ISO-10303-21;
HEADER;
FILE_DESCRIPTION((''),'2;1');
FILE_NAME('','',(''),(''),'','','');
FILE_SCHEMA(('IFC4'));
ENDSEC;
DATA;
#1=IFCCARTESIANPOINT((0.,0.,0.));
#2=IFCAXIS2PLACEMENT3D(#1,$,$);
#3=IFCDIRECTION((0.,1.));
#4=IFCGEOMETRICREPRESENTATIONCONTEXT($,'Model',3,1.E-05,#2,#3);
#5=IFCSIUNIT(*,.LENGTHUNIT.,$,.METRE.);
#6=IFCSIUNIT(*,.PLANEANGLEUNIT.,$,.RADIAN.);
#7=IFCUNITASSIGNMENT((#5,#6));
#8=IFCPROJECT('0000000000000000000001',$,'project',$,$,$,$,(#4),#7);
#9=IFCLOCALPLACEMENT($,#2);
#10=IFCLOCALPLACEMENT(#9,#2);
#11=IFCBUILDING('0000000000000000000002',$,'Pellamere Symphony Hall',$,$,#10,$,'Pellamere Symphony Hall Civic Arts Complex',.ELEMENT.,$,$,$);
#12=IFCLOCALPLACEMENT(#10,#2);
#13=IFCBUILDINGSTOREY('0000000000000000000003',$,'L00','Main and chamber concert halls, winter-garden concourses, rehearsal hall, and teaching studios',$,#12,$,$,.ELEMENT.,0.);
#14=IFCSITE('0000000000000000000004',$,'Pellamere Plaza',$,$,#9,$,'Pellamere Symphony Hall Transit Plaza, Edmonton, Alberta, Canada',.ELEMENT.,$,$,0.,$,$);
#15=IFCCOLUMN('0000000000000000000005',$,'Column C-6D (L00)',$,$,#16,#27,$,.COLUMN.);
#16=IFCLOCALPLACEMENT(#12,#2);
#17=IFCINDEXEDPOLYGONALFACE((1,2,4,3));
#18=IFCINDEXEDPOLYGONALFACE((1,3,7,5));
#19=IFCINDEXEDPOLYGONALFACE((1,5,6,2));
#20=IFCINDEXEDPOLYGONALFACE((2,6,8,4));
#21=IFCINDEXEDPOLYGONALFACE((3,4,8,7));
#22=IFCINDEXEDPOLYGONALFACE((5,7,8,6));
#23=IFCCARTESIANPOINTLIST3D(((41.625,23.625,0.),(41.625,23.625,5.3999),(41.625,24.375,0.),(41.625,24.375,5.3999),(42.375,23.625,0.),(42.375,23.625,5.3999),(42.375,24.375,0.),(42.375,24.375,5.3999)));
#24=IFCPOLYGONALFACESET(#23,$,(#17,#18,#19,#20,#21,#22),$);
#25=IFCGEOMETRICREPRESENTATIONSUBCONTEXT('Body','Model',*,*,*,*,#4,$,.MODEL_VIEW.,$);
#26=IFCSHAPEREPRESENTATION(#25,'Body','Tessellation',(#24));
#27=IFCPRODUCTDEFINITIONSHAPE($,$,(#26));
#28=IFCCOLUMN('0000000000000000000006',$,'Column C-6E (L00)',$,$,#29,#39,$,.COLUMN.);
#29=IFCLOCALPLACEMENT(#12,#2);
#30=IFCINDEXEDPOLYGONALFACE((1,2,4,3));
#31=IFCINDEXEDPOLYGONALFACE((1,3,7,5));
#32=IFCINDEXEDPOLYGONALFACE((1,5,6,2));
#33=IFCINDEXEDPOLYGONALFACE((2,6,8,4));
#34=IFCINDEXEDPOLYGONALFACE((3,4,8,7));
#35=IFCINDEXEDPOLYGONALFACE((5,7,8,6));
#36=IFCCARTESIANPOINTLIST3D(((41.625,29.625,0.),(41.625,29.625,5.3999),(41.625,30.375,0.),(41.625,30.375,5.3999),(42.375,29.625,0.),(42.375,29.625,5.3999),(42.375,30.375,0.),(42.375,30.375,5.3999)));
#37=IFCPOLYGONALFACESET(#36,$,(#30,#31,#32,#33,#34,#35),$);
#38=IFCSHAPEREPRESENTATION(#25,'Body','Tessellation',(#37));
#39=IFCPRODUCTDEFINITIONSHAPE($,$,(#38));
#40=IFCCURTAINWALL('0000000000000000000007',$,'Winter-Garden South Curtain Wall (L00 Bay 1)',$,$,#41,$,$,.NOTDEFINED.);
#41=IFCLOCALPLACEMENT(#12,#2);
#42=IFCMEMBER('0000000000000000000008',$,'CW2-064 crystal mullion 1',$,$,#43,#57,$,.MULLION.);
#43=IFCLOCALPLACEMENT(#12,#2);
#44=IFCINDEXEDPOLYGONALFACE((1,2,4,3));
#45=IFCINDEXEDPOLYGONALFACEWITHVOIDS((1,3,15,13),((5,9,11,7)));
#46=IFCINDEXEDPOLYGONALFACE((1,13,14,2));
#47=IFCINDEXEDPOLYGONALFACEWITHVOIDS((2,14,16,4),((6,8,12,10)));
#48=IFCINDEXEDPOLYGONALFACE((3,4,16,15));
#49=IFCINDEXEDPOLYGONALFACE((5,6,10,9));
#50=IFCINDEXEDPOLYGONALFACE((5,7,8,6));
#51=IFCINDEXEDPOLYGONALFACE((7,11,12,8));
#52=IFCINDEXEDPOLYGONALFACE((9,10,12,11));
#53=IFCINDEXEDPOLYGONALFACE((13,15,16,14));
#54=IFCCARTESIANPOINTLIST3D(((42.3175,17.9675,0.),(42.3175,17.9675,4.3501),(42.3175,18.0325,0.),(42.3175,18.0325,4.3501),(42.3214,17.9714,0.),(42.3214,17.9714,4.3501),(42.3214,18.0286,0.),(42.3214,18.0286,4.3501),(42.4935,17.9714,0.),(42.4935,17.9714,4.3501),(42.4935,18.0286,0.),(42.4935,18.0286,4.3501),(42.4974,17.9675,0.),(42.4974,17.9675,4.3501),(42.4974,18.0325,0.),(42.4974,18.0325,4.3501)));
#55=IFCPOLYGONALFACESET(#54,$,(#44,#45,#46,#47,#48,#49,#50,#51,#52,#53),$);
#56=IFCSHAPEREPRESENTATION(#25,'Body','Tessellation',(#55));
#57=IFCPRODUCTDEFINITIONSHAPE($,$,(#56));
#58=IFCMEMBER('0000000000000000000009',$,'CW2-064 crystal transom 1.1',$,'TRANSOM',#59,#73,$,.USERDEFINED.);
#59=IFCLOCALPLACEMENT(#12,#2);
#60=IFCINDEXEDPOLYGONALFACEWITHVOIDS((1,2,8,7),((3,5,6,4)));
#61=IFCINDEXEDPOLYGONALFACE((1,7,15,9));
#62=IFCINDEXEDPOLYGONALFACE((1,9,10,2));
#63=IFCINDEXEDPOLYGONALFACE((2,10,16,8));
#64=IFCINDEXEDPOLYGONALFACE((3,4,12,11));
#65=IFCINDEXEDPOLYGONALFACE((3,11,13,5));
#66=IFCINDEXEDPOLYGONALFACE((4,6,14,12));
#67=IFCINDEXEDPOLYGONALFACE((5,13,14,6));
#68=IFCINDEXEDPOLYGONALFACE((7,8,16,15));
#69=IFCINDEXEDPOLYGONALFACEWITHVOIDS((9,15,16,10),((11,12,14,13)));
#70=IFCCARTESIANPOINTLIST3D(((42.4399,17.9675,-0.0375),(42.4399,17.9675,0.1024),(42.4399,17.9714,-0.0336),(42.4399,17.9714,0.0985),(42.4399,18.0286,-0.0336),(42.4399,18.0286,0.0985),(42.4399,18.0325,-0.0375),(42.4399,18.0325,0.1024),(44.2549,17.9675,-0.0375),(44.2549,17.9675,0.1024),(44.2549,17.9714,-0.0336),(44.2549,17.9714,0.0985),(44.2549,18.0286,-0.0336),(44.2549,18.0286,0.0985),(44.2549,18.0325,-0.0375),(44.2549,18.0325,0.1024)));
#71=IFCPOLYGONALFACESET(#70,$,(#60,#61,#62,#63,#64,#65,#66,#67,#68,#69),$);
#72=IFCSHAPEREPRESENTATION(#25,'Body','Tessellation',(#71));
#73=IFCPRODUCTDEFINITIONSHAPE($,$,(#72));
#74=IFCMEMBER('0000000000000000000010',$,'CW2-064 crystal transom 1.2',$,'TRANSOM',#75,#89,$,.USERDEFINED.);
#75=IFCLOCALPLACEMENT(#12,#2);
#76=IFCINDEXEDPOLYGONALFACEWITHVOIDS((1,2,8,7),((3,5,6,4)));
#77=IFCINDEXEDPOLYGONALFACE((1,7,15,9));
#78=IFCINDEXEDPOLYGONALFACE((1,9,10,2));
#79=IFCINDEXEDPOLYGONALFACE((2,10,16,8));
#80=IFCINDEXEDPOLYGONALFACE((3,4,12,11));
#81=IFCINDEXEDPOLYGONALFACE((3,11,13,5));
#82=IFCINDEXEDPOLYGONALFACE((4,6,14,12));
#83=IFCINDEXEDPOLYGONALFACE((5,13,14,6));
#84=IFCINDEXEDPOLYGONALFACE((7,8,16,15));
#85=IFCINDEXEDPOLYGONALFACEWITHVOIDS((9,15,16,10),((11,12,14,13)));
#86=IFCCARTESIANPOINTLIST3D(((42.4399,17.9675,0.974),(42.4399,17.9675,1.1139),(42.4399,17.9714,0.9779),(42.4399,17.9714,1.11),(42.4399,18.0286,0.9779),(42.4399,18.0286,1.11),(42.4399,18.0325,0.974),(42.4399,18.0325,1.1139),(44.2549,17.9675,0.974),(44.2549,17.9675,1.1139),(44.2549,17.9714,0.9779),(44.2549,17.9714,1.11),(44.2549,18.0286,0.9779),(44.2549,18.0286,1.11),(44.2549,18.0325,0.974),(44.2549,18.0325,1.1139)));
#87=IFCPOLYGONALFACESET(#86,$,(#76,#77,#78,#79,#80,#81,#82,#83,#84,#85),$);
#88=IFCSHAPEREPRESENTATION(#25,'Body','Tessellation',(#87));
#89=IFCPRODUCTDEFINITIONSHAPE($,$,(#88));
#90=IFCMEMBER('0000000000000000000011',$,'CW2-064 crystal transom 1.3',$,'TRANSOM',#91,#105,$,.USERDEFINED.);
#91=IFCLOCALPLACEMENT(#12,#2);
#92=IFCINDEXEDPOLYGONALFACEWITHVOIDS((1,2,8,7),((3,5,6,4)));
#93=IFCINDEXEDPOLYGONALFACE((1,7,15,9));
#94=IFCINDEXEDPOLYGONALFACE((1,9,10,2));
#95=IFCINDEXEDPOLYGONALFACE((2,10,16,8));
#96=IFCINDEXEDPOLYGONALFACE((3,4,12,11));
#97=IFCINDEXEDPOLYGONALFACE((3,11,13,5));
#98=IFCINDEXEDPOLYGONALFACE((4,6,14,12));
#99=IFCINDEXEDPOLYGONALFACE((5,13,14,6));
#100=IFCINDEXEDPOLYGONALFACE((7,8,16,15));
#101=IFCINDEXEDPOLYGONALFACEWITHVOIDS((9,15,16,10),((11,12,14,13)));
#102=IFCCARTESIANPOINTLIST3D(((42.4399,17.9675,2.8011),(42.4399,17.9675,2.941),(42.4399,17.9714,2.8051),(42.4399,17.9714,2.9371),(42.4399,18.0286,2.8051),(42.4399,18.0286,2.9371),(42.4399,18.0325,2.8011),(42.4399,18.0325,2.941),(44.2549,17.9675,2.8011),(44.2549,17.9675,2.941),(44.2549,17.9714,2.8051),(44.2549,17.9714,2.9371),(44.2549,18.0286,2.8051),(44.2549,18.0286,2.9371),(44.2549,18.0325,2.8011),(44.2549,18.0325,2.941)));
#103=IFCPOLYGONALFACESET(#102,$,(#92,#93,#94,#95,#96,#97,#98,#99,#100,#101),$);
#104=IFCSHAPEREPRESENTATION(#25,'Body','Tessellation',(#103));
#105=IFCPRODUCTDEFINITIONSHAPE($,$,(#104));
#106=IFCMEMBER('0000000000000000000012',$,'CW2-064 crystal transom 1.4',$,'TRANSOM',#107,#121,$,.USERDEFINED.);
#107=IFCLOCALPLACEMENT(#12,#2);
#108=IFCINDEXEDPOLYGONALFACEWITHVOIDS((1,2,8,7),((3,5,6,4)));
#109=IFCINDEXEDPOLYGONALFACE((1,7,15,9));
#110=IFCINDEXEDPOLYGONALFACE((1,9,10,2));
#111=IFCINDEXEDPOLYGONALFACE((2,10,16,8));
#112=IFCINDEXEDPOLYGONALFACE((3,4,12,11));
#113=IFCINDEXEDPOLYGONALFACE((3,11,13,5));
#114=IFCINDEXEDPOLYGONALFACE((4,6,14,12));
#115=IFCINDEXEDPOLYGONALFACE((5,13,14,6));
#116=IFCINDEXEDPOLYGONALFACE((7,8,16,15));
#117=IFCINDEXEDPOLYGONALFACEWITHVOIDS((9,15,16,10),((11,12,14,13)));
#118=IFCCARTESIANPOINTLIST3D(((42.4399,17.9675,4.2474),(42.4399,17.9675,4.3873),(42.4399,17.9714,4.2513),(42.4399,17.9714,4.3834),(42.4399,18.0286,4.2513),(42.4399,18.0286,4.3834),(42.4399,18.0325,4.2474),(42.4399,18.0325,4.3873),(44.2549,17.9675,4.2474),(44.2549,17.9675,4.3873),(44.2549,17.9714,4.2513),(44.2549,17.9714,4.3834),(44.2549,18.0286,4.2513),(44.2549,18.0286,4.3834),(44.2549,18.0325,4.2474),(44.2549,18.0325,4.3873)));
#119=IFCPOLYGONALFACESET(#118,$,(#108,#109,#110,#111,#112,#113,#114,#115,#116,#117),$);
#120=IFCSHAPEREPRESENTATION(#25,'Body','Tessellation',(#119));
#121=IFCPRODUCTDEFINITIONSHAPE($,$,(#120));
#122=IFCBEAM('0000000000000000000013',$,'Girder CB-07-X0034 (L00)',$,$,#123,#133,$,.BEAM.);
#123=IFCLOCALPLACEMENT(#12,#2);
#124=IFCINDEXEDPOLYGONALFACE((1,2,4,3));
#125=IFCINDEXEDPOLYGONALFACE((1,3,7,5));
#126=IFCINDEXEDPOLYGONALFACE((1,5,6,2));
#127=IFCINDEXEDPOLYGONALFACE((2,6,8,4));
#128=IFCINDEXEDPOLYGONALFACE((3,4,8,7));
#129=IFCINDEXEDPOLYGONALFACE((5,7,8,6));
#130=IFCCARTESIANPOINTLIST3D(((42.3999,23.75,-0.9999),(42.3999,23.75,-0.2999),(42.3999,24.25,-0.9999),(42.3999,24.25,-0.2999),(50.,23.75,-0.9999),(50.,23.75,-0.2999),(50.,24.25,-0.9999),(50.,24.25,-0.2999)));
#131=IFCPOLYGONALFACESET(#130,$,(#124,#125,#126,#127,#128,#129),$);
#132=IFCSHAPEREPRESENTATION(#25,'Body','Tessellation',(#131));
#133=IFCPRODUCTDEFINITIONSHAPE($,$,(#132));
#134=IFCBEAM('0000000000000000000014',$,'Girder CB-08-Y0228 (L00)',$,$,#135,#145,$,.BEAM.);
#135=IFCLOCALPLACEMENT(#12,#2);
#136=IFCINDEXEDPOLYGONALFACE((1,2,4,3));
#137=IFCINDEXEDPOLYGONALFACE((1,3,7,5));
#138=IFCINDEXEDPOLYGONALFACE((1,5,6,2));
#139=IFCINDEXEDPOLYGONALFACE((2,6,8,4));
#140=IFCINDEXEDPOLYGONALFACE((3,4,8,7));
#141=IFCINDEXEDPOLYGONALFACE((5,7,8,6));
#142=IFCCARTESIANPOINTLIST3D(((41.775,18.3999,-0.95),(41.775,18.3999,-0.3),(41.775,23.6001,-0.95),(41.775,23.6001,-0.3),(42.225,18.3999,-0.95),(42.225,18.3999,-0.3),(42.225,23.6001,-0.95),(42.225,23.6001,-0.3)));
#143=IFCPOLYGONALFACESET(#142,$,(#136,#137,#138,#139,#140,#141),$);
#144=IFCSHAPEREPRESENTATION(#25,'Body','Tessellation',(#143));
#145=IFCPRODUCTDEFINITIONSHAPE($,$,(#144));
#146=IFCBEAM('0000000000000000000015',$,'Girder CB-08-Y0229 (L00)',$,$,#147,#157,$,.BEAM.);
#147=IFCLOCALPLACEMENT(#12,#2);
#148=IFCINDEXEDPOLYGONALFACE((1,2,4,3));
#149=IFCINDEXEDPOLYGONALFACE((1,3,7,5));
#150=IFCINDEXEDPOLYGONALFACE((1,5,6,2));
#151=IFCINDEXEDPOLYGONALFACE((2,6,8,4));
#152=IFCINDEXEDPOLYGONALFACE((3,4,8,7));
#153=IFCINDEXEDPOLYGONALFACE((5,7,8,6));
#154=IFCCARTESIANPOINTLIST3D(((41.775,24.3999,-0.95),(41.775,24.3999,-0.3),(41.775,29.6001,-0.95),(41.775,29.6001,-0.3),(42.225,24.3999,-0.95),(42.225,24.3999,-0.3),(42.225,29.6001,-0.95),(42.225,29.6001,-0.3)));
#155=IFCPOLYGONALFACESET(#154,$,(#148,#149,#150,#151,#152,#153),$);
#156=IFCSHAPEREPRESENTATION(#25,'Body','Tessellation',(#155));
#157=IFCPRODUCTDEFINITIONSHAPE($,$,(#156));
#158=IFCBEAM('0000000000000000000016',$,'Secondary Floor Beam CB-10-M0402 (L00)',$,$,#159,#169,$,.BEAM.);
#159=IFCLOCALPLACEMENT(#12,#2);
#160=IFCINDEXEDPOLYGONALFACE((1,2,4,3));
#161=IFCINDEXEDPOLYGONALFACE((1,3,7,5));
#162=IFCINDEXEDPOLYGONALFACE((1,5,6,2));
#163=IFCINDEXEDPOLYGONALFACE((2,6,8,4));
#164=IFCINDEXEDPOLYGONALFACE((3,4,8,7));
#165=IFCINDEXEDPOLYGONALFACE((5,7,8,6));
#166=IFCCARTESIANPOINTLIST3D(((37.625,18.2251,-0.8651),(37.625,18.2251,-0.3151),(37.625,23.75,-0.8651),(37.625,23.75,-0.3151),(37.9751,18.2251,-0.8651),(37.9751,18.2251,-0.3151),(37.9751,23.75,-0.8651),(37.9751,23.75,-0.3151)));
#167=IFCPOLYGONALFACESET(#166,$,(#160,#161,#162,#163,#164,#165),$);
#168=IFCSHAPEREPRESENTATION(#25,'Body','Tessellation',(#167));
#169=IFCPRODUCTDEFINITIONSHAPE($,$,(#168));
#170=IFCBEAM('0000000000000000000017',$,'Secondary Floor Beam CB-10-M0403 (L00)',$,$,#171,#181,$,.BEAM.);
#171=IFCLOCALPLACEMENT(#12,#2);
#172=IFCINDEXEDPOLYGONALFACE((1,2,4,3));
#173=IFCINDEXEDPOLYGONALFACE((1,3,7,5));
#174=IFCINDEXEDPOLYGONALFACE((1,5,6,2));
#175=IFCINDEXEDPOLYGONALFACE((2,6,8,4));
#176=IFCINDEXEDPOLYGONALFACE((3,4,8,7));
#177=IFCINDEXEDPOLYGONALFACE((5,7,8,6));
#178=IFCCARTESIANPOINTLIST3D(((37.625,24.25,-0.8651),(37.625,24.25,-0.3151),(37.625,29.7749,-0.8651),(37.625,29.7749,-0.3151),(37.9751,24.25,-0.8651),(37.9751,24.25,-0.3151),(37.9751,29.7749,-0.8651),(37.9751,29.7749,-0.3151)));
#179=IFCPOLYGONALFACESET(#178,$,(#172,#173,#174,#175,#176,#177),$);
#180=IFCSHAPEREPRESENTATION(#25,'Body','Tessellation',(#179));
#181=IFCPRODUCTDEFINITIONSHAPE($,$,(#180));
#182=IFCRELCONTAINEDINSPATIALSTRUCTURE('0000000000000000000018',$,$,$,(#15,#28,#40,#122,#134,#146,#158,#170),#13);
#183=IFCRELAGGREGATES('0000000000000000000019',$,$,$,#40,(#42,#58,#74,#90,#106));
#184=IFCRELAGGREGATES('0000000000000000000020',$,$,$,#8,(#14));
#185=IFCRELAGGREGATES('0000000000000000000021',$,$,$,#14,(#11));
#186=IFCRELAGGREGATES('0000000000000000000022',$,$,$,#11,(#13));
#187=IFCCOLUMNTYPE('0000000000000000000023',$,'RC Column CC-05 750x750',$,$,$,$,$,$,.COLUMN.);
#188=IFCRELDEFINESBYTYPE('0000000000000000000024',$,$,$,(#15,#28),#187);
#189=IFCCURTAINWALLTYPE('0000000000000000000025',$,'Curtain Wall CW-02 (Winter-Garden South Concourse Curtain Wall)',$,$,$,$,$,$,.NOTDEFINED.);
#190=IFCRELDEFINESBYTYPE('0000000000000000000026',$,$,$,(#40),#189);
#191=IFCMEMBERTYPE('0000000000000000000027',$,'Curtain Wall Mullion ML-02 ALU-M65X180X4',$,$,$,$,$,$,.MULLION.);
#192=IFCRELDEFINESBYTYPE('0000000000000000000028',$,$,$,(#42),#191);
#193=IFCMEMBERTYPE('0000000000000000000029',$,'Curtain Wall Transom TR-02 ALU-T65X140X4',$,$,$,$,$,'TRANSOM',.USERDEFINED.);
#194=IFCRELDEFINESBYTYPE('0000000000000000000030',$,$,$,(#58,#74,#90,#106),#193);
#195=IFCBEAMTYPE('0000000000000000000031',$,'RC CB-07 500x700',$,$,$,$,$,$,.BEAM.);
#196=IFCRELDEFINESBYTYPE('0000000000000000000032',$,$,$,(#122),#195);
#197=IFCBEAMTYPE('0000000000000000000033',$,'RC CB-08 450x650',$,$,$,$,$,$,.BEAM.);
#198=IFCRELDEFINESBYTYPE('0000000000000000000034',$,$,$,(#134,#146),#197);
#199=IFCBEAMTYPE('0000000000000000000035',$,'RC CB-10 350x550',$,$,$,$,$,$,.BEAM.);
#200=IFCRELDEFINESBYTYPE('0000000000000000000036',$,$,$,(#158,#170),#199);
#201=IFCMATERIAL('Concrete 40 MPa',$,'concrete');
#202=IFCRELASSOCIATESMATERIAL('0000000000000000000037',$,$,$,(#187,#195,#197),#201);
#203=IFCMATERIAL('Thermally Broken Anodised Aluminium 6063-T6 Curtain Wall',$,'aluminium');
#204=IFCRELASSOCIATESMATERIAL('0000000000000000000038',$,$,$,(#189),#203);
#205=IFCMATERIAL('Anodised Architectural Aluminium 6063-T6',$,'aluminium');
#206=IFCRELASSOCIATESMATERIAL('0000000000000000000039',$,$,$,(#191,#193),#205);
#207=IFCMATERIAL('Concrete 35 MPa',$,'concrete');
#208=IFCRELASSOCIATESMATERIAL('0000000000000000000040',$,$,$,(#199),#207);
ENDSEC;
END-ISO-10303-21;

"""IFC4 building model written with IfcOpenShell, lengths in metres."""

from ifc_helpers import new_model, si_unit, direction, frame, origin, origin_2d, place, context, subcontext, project, spatial, rectangle, hollow_rectangle, extrude, material, material_profile, profile_set, type_object, element, aggregate, save


model = new_model("IFC4")

# Units and contexts
model_context = context("Model", 3, precision=1e-05, world=origin(), true_north=direction((0.0, 1.0)))
body_context = subcontext(model_context, "Body", "Model", "MODEL_VIEW")
ifc_project = project(units=[si_unit("LENGTHUNIT", "METRE"), si_unit("PLANEANGLEUNIT", "RADIAN")], contexts=[model_context])

# Site, building, storey
site_placement = place(None, origin())
site = spatial("IfcSite", under=ifc_project, at=site_placement, Name="Pellamere Plaza", LongName="Pellamere Symphony Hall Transit Plaza, Edmonton, Alberta, Canada", CompositionType="ELEMENT", RefElevation=0.0)
building_placement = place(site_placement, origin())
building = spatial("IfcBuilding", under=site, at=building_placement, Name="Pellamere Symphony Hall", LongName="Pellamere Symphony Hall Civic Arts Complex", CompositionType="ELEMENT")
storey_placement = place(building_placement, origin())
storey = spatial("IfcBuildingStorey", under=building, at=storey_placement, Name="L00", Description="Main and chamber concert halls, winter-garden concourses, rehearsal hall, and teaching studios", CompositionType="ELEMENT", Elevation=0.0)

# Columns
ifc_material_1 = material(Name="Concrete 40 MPa", Category="concrete")
ifc_material_profile_1 = material_profile(ifc_material_1, rectangle(XDim=0.75, YDim=0.75, at=origin_2d()), Name="RC 750x750")
ifc_profile_set_1 = profile_set([ifc_material_profile_1], Name="Concrete 40 MPa")
column_type = type_object("IfcColumnType", Name="RC Column CC-05 750x750", PredefinedType="COLUMN", material=ifc_profile_set_1)
for number, where, z_axis, x_axis, name in (
    (1, (42.0, 24.0, 0.0), (0.0, 0.0, 1.0), (1.0, 0.0, 0.0), "Column C-6D (L00)"),
    (2, (42.0, 30.0, 0.0), (0.0, 0.0, 1.0), (1.0, 0.0, 0.0), "Column C-6E (L00)"),
):
    element("IfcColumn", number, at=place(storey_placement, frame(where, z_axis=z_axis, x_axis=x_axis)), inside=storey, type_object=column_type, Name=name, PredefinedType="COLUMN", context=body_context, shape_type="SweptSolid", body=[
        extrude(rectangle(XDim=0.75, YDim=0.75, at=origin_2d()), origin(), (0.0, 0.0, 1.0), 5.3999),
    ])

# Curtain wall, members
ifc_material_2 = material(Name="Thermally Broken Anodised Aluminium 6063-T6 Curtain Wall", Category="aluminium")
curtain_wall_type = type_object("IfcCurtainWallType", Name="Curtain Wall CW-02 (Winter-Garden South Concourse Curtain Wall)", PredefinedType="NOTDEFINED", material=ifc_material_2)
curtain_wall_placement = place(storey_placement, origin())
curtain_wall = element("IfcCurtainWall", 3, at=curtain_wall_placement, inside=storey, type_object=curtain_wall_type, Name="Winter-Garden South Curtain Wall (L00 Bay 1)", PredefinedType="NOTDEFINED")
ifc_material_3 = material(Name="Anodised Architectural Aluminium 6063-T6", Category="aluminium")
ifc_material_profile_2 = material_profile(ifc_material_3, hollow_rectangle(XDim=0.0649, YDim=0.1799, WallThickness=0.0039, at=origin_2d()), Name="ALU-M65X180X4")
ifc_profile_set_2 = profile_set([ifc_material_profile_2], Name="Anodised Architectural Aluminium 6063-T6")
member_type_1 = type_object("IfcMemberType", Name="Curtain Wall Mullion ML-02 ALU-M65X180X4", PredefinedType="MULLION", material=ifc_profile_set_2)
member_1_placement = place(storey_placement, frame((42.4075, 18.0, 0.0), z_axis=(0.0, 0.0, 1.0), x_axis=(0.0, 1.0, 0.0)))
member_1 = element("IfcMember", 4, at=member_1_placement, type_object=member_type_1, Name="CW2-064 crystal mullion 1", PredefinedType="MULLION", context=body_context, shape_type="SweptSolid", body=[
    extrude(hollow_rectangle(XDim=0.0649, YDim=0.1799, WallThickness=0.0039, at=origin_2d()), origin(), (0.0, 0.0, 1.0), 4.3501),
])
ifc_material_profile_3 = material_profile(ifc_material_3, hollow_rectangle(XDim=0.0649, YDim=0.1399, WallThickness=0.0039, at=origin_2d()), Name="ALU-T65X140X4")
ifc_profile_set_3 = profile_set([ifc_material_profile_3], Name="Anodised Architectural Aluminium 6063-T6")
member_type_2 = type_object("IfcMemberType", Name="Curtain Wall Transom TR-02 ALU-T65X140X4", ElementType="TRANSOM", PredefinedType="USERDEFINED", material=ifc_profile_set_3)
member_2_placement = place(storey_placement, frame((42.4399, 18.0, 0.0325), z_axis=(1.0, 0.0, 0.0), x_axis=(0.0, 1.0, 0.0)))
member_2 = element("IfcMember", 5, at=member_2_placement, type_object=member_type_2, Name="CW2-064 crystal transom 1.1", ObjectType="TRANSOM", PredefinedType="USERDEFINED", context=body_context, shape_type="SweptSolid", body=[
    extrude(hollow_rectangle(XDim=0.0649, YDim=0.1399, WallThickness=0.0039, at=origin_2d()), origin(), (0.0, 0.0, 1.0), 1.8149),
])
member_3_placement = place(storey_placement, frame((42.4399, 18.0, 1.0439), z_axis=(1.0, 0.0, 0.0), x_axis=(0.0, 1.0, 0.0)))
member_3 = element("IfcMember", 6, at=member_3_placement, type_object=member_type_2, Name="CW2-064 crystal transom 1.2", ObjectType="TRANSOM", PredefinedType="USERDEFINED", context=body_context, shape_type="SweptSolid", body=[
    extrude(hollow_rectangle(XDim=0.0649, YDim=0.1399, WallThickness=0.0039, at=origin_2d()), origin(), (0.0, 0.0, 1.0), 1.8149),
])
member_4_placement = place(storey_placement, frame((42.4399, 18.0, 2.8711), z_axis=(1.0, 0.0, 0.0), x_axis=(0.0, 1.0, 0.0)))
member_4 = element("IfcMember", 7, at=member_4_placement, type_object=member_type_2, Name="CW2-064 crystal transom 1.3", ObjectType="TRANSOM", PredefinedType="USERDEFINED", context=body_context, shape_type="SweptSolid", body=[
    extrude(hollow_rectangle(XDim=0.0649, YDim=0.1399, WallThickness=0.0039, at=origin_2d()), origin(), (0.0, 0.0, 1.0), 1.8149),
])
member_5_placement = place(storey_placement, frame((42.4399, 18.0, 4.3174), z_axis=(1.0, 0.0, 0.0), x_axis=(0.0, 1.0, 0.0)))
member_5 = element("IfcMember", 8, at=member_5_placement, type_object=member_type_2, Name="CW2-064 crystal transom 1.4", ObjectType="TRANSOM", PredefinedType="USERDEFINED", context=body_context, shape_type="SweptSolid", body=[
    extrude(hollow_rectangle(XDim=0.0649, YDim=0.1399, WallThickness=0.0039, at=origin_2d()), origin(), (0.0, 0.0, 1.0), 1.8149),
])

# Beams
ifc_material_profile_4 = material_profile(ifc_material_1, rectangle(XDim=0.5, YDim=0.7, at=origin_2d()), Name="RC 500x700")
ifc_profile_set_4 = profile_set([ifc_material_profile_4], Name="Concrete 40 MPa")
beam_type_1 = type_object("IfcBeamType", Name="RC CB-07 500x700", PredefinedType="BEAM", material=ifc_profile_set_4)
beam_1_placement = place(storey_placement, frame((42.3999, 24.0, -0.6499), z_axis=(1.0, 0.0, 0.0), x_axis=(0.0, 1.0, 0.0)))
element("IfcBeam", 9, at=beam_1_placement, inside=storey, type_object=beam_type_1, Name="Girder CB-07-X0034 (L00)", PredefinedType="BEAM", context=body_context, shape_type="SweptSolid", body=[
    extrude(rectangle(XDim=0.5, YDim=0.7, at=origin_2d()), origin(), (0.0, 0.0, 1.0), 7.6001),
])
ifc_material_profile_5 = material_profile(ifc_material_1, rectangle(XDim=0.45, YDim=0.6499, at=origin_2d()), Name="RC 450x650")
ifc_profile_set_5 = profile_set([ifc_material_profile_5], Name="Concrete 40 MPa")
beam_type_2 = type_object("IfcBeamType", Name="RC CB-08 450x650", PredefinedType="BEAM", material=ifc_profile_set_5)
for number, where, z_axis, x_axis, name in (
    (10, (42.0, 18.3999, -0.625), (0.0, 1.0, 0.0), (-1.0, 0.0, 0.0), "Girder CB-08-Y0228 (L00)"),
    (11, (42.0, 24.3999, -0.625), (0.0, 1.0, 0.0), (-1.0, 0.0, 0.0), "Girder CB-08-Y0229 (L00)"),
):
    element("IfcBeam", number, at=place(storey_placement, frame(where, z_axis=z_axis, x_axis=x_axis)), inside=storey, type_object=beam_type_2, Name=name, PredefinedType="BEAM", context=body_context, shape_type="SweptSolid", body=[
        extrude(rectangle(XDim=0.45, YDim=0.6499, at=origin_2d()), origin(), (0.0, 0.0, 1.0), 5.2002),
    ])
ifc_material_4 = material(Name="Concrete 35 MPa", Category="concrete")
ifc_material_profile_6 = material_profile(ifc_material_4, rectangle(XDim=0.3501, YDim=0.55, at=origin_2d()), Name="RC 350x550")
ifc_profile_set_6 = profile_set([ifc_material_profile_6], Name="Concrete 35 MPa")
beam_type_3 = type_object("IfcBeamType", Name="RC CB-10 350x550", PredefinedType="BEAM", material=ifc_profile_set_6)
for number, where, z_axis, x_axis, name in (
    (12, (37.8, 18.2251, -0.5901), (0.0, 1.0, 0.0), (-1.0, 0.0, 0.0), "Secondary Floor Beam CB-10-M0402 (L00)"),
    (13, (37.8, 24.25, -0.5901), (0.0, 1.0, 0.0), (-1.0, 0.0, 0.0), "Secondary Floor Beam CB-10-M0403 (L00)"),
):
    element("IfcBeam", number, at=place(storey_placement, frame(where, z_axis=z_axis, x_axis=x_axis)), inside=storey, type_object=beam_type_3, Name=name, PredefinedType="BEAM", context=body_context, shape_type="SweptSolid", body=[
        extrude(rectangle(XDim=0.3501, YDim=0.55, at=origin_2d()), origin(), (0.0, 0.0, 1.0), 5.5249),
    ])

aggregate(curtain_wall, [member_1, member_2, member_3, member_4, member_5])

save(model, "model.ifc")
